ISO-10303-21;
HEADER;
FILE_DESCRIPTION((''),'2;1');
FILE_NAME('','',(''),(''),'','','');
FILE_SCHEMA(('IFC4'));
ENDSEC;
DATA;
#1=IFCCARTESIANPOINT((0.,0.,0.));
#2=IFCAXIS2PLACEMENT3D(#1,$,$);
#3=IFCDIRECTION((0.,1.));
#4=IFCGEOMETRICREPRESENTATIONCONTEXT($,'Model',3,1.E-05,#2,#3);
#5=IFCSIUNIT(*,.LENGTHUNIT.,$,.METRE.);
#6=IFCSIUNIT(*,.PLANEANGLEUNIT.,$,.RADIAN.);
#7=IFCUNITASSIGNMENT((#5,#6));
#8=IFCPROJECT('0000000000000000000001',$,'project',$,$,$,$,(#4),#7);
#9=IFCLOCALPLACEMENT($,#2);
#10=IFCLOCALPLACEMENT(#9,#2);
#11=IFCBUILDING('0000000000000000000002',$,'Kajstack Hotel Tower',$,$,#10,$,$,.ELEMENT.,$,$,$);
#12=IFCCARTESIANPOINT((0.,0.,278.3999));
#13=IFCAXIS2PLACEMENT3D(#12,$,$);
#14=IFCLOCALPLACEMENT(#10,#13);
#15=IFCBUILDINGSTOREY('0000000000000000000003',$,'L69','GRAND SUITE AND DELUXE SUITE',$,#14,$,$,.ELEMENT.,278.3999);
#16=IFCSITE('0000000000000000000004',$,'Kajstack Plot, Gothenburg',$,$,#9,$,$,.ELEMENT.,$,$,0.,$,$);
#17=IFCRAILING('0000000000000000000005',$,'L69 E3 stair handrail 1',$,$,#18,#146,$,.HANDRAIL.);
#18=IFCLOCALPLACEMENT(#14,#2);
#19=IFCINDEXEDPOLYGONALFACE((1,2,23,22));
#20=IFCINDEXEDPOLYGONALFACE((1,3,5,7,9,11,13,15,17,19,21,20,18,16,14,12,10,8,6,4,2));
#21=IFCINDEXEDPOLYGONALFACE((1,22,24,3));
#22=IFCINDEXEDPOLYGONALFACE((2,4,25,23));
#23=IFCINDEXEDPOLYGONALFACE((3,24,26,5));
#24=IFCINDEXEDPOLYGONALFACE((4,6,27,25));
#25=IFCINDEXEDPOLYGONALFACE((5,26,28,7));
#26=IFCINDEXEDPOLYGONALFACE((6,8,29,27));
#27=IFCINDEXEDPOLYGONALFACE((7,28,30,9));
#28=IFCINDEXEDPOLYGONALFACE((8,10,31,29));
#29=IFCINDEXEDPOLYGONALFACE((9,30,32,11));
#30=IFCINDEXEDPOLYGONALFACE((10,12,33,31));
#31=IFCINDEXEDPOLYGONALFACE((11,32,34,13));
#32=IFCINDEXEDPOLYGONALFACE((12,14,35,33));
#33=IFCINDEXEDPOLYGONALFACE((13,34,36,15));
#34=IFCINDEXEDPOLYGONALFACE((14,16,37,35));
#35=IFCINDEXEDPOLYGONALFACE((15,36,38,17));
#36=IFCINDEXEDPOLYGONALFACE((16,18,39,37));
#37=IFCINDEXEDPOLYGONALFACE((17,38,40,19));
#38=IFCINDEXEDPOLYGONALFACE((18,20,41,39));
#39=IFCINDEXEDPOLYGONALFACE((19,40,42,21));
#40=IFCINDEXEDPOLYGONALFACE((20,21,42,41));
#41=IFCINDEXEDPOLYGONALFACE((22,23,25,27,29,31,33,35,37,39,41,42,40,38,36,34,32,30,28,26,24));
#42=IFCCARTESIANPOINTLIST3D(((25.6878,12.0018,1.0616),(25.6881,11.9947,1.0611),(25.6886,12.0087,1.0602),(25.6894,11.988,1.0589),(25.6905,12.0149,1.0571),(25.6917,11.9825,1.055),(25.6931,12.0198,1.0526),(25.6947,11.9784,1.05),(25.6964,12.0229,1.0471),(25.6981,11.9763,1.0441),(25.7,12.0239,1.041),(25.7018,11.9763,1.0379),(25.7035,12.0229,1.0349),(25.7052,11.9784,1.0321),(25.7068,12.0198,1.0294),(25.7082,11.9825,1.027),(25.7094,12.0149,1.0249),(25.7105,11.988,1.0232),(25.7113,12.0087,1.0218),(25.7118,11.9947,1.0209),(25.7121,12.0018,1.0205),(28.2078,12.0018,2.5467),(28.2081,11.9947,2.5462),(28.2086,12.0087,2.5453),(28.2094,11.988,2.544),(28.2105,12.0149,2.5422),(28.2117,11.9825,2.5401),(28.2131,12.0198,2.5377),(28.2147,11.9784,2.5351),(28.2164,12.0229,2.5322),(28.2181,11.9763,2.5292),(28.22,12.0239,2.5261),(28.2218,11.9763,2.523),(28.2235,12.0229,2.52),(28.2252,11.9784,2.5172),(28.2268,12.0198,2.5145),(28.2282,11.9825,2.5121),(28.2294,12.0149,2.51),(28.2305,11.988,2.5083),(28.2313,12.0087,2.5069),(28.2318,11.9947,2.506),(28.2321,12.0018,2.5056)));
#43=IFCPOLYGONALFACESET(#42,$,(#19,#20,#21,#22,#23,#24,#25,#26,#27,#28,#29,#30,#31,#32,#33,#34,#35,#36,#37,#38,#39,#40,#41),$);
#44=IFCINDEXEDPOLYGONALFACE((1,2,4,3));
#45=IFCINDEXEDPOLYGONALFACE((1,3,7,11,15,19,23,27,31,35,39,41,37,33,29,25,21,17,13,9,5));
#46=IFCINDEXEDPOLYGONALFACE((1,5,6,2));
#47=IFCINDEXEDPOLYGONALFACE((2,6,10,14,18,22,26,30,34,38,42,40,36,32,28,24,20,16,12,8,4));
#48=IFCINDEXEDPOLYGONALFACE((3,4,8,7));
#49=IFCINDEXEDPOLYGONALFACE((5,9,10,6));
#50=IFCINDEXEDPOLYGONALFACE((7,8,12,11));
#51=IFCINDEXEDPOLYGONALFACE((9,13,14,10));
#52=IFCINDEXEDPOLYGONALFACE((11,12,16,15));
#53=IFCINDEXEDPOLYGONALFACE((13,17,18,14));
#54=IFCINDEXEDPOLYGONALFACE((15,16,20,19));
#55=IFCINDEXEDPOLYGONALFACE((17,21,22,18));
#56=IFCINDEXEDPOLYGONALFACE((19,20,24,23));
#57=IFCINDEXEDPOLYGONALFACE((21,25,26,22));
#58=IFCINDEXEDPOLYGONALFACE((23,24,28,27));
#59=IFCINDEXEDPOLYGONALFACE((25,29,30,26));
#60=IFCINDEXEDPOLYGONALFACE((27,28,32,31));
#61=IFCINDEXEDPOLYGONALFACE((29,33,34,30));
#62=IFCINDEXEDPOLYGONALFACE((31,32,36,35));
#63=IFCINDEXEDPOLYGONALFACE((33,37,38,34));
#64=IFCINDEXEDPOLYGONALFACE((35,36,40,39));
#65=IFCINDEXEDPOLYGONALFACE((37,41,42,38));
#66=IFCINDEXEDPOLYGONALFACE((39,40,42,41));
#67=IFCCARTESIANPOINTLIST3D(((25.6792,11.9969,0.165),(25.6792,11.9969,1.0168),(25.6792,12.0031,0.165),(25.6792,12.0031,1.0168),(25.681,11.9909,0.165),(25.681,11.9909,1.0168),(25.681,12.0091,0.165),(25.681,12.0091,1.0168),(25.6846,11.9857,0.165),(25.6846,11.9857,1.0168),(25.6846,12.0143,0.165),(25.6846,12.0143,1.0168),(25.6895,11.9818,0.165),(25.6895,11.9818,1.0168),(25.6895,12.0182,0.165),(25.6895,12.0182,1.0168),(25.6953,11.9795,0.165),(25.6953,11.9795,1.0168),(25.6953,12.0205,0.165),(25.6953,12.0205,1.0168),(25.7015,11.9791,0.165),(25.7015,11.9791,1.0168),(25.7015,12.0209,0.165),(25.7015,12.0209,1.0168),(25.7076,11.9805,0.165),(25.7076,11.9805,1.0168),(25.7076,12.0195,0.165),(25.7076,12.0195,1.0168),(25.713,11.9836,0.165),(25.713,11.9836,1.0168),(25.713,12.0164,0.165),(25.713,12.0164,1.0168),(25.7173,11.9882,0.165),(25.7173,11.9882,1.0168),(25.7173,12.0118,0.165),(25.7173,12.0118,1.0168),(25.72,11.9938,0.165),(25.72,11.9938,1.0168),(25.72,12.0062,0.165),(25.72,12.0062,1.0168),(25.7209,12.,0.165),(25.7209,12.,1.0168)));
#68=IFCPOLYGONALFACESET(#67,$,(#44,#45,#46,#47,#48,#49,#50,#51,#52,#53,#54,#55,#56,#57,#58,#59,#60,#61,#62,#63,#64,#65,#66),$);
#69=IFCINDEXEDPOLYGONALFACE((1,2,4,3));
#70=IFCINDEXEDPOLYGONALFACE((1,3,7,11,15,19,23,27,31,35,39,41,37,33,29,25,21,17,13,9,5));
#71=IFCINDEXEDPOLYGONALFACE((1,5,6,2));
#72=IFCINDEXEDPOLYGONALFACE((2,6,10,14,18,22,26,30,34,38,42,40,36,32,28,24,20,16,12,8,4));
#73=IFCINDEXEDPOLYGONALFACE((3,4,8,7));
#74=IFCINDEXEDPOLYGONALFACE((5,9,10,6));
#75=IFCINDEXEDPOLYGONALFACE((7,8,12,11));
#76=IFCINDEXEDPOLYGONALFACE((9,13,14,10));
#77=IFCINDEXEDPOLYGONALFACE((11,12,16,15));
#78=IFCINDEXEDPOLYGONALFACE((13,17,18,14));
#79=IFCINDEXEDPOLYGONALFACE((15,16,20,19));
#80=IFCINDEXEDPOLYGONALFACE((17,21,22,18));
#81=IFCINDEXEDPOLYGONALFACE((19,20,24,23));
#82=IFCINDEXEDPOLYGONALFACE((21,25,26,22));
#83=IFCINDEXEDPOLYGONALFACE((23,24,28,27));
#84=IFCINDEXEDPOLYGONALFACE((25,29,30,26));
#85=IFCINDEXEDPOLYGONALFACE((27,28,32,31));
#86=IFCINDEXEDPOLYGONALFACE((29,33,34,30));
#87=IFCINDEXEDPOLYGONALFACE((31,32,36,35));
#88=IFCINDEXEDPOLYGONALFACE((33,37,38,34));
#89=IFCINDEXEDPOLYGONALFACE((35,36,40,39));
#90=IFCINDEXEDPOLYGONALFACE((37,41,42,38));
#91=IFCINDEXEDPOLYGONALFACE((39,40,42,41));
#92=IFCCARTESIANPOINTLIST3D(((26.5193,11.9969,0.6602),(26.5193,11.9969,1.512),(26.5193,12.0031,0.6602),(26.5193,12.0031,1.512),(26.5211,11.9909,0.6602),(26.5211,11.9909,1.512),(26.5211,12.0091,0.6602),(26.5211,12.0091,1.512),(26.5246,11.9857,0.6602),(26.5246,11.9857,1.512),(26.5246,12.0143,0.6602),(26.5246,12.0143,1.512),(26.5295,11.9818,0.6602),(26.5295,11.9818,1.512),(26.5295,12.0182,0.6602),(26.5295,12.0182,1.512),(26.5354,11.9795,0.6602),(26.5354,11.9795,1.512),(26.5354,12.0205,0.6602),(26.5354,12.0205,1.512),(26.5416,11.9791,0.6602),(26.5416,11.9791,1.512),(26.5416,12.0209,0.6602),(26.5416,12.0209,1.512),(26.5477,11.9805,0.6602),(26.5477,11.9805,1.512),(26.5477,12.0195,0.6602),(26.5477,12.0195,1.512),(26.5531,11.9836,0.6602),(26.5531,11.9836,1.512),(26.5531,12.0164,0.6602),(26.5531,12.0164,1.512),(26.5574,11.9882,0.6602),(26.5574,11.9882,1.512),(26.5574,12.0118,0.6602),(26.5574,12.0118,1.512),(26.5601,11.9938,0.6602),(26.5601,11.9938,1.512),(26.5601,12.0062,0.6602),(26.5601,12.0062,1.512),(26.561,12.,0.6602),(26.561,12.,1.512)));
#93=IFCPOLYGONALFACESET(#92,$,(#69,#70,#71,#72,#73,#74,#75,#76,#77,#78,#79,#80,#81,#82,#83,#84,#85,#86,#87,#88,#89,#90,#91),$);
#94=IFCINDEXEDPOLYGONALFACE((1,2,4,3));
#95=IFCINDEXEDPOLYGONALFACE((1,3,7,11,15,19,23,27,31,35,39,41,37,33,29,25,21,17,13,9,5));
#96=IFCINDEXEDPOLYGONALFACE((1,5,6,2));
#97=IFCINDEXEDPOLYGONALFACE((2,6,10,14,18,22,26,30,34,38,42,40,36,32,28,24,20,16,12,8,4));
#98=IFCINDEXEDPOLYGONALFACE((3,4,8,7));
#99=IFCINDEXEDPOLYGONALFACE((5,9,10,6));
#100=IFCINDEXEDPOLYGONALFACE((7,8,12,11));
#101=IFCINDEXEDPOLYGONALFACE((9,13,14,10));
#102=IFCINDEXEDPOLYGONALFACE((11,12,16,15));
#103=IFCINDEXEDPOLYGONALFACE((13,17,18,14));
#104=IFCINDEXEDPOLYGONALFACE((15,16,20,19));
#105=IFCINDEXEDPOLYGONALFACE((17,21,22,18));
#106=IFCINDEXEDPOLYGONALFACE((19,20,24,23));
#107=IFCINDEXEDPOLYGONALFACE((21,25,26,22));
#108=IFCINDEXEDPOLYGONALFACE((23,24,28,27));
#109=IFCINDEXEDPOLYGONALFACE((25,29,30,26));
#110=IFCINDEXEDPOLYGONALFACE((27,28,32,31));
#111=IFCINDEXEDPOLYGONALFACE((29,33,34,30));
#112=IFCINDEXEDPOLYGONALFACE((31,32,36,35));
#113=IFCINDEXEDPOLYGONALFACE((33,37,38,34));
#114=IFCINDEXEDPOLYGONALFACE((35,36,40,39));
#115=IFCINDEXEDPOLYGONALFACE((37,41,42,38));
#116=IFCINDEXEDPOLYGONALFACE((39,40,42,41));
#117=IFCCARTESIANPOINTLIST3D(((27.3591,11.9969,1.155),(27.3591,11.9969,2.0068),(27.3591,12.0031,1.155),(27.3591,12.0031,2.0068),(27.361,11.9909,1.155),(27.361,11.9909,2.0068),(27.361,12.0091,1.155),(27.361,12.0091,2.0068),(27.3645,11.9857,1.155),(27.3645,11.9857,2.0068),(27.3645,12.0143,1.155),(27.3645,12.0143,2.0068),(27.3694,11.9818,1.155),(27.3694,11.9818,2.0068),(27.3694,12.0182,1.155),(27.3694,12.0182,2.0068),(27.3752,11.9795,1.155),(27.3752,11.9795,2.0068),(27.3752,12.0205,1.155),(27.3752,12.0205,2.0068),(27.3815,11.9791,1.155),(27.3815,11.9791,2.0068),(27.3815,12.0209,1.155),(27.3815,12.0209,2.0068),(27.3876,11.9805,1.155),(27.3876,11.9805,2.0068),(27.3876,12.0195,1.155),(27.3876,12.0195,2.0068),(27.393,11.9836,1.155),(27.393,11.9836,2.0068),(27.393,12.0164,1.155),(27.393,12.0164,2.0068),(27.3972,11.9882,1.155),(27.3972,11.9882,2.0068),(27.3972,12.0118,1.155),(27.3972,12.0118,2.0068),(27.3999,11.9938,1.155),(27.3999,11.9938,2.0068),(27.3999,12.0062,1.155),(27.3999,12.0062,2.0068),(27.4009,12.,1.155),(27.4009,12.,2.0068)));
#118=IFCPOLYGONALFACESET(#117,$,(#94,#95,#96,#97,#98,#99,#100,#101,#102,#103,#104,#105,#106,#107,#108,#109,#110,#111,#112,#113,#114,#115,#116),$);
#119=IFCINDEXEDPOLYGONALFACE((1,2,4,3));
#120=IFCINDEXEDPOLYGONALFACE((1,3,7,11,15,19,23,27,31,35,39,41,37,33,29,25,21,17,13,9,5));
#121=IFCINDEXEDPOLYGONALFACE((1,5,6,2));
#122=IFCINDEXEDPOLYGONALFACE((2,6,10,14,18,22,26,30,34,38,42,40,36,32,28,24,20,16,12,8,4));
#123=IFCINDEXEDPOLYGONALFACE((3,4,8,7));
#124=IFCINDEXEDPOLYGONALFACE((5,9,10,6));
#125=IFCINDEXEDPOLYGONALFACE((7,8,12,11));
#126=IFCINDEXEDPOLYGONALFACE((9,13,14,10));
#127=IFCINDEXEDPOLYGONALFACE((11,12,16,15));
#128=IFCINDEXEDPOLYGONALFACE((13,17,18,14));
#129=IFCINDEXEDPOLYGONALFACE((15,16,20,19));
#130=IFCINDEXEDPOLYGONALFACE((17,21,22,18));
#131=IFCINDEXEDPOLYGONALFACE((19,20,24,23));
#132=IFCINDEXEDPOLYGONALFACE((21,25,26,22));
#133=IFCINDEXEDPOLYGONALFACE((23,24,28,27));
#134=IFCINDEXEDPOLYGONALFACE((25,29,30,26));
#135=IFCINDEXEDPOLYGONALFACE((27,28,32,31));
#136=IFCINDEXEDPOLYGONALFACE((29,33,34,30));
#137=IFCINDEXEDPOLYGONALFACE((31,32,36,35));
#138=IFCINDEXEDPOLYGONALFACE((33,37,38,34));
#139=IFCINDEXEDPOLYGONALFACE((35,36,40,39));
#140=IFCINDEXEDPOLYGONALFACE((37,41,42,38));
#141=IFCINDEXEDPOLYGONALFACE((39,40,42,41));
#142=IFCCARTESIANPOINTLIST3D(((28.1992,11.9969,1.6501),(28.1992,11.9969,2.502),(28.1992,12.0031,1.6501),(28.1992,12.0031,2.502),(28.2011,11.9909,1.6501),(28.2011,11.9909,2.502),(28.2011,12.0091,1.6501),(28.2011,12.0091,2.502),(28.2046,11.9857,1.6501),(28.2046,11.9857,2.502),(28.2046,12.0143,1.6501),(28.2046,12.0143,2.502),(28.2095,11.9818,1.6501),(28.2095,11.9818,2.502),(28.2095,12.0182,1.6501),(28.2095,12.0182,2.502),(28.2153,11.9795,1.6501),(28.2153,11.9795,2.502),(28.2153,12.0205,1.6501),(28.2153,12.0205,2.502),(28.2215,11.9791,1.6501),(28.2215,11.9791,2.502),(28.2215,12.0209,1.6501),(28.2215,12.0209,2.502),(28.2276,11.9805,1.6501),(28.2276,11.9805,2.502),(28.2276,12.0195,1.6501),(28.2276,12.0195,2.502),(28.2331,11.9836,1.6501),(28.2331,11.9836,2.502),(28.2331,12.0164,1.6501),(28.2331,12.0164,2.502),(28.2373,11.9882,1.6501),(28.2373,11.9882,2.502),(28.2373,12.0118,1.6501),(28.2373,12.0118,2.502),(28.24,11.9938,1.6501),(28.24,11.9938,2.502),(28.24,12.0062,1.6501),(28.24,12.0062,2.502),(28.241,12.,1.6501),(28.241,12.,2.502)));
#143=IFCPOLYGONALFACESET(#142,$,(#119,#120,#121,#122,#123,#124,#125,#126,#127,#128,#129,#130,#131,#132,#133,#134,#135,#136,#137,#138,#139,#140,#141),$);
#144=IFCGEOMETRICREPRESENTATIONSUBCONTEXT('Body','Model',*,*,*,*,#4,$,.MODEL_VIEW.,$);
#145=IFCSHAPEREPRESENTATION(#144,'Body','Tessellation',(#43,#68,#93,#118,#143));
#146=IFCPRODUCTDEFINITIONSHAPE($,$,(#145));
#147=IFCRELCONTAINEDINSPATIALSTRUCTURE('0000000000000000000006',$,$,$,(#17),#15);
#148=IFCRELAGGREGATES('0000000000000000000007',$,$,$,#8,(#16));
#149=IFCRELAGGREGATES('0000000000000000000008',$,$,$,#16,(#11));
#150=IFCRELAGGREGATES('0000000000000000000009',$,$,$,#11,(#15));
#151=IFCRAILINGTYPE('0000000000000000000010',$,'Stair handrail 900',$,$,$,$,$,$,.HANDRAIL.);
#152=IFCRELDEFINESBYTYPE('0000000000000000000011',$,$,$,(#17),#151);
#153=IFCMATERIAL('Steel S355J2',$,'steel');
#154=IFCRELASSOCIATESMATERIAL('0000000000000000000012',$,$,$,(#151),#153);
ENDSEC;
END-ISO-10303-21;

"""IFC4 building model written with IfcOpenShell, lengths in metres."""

from ifc_helpers import new_model, si_unit, direction, frame, origin, origin_2d, place, context, subcontext, project, spatial, circle, extrude, material, type_object, element, save


model = new_model("IFC4")

# Units and contexts
model_context = context("Model", 3, precision=1e-05, world=origin(), true_north=direction((0.0, 1.0)))
body_context = subcontext(model_context, "Body", "Model", "MODEL_VIEW")
ifc_project = project(units=[si_unit("LENGTHUNIT", "METRE"), si_unit("PLANEANGLEUNIT", "RADIAN")], contexts=[model_context])

# Site, building, storey
site_placement = place(None, origin())
site = spatial("IfcSite", under=ifc_project, at=site_placement, Name="Kajstack Plot, Gothenburg", CompositionType="ELEMENT", RefElevation=0.0)
building_placement = place(site_placement, origin())
building = spatial("IfcBuilding", under=site, at=building_placement, Name="Kajstack Hotel Tower", CompositionType="ELEMENT")
storey_placement = place(building_placement, frame((0.0, 0.0, 278.3999)))
storey = spatial("IfcBuildingStorey", under=building, at=storey_placement, Name="L69", Description="GRAND SUITE AND DELUXE SUITE", CompositionType="ELEMENT", Elevation=278.3999)

# Railing
ifc_material_1 = material(Name="Steel S355J2", Category="steel")
railing_type_1 = type_object("IfcRailingType", Name="Stair handrail 900", PredefinedType="HANDRAIL", material=ifc_material_1)
railing_1_placement = place(storey_placement, frame((25.7, 12.0, 0.165)))
element("IfcRailing", 1, at=railing_1_placement, inside=storey, type_object=railing_type_1, Name="L69 E3 stair handrail 1", PredefinedType="HANDRAIL", context=body_context, shape_type="SweptSolid", body=[
    extrude(circle(Radius=0.0239, at=origin_2d()), frame((0.0, 0.0, 0.876), z_axis=(0.861524, 0.0, 0.507717), x_axis=(0.0, 1.0, 0.0)), (0.0, 0.0, 1.0), 2.925),
    extrude(circle(Radius=0.021, at=origin_2d()), origin(), (0.0, 0.0, 1.0), 0.8518),
    extrude(circle(Radius=0.021, at=origin_2d()), frame((0.8401, 0.0, 0.4951)), (0.0, 0.0, 1.0), 0.8518),
    extrude(circle(Radius=0.021, at=origin_2d()), frame((1.6799, 0.0, 0.99)), (0.0, 0.0, 1.0), 0.8518),
    extrude(circle(Radius=0.021, at=origin_2d()), frame((2.52, 0.0, 1.4851)), (0.0, 0.0, 1.0), 0.8518),
])

save(model, "model.ifc")
